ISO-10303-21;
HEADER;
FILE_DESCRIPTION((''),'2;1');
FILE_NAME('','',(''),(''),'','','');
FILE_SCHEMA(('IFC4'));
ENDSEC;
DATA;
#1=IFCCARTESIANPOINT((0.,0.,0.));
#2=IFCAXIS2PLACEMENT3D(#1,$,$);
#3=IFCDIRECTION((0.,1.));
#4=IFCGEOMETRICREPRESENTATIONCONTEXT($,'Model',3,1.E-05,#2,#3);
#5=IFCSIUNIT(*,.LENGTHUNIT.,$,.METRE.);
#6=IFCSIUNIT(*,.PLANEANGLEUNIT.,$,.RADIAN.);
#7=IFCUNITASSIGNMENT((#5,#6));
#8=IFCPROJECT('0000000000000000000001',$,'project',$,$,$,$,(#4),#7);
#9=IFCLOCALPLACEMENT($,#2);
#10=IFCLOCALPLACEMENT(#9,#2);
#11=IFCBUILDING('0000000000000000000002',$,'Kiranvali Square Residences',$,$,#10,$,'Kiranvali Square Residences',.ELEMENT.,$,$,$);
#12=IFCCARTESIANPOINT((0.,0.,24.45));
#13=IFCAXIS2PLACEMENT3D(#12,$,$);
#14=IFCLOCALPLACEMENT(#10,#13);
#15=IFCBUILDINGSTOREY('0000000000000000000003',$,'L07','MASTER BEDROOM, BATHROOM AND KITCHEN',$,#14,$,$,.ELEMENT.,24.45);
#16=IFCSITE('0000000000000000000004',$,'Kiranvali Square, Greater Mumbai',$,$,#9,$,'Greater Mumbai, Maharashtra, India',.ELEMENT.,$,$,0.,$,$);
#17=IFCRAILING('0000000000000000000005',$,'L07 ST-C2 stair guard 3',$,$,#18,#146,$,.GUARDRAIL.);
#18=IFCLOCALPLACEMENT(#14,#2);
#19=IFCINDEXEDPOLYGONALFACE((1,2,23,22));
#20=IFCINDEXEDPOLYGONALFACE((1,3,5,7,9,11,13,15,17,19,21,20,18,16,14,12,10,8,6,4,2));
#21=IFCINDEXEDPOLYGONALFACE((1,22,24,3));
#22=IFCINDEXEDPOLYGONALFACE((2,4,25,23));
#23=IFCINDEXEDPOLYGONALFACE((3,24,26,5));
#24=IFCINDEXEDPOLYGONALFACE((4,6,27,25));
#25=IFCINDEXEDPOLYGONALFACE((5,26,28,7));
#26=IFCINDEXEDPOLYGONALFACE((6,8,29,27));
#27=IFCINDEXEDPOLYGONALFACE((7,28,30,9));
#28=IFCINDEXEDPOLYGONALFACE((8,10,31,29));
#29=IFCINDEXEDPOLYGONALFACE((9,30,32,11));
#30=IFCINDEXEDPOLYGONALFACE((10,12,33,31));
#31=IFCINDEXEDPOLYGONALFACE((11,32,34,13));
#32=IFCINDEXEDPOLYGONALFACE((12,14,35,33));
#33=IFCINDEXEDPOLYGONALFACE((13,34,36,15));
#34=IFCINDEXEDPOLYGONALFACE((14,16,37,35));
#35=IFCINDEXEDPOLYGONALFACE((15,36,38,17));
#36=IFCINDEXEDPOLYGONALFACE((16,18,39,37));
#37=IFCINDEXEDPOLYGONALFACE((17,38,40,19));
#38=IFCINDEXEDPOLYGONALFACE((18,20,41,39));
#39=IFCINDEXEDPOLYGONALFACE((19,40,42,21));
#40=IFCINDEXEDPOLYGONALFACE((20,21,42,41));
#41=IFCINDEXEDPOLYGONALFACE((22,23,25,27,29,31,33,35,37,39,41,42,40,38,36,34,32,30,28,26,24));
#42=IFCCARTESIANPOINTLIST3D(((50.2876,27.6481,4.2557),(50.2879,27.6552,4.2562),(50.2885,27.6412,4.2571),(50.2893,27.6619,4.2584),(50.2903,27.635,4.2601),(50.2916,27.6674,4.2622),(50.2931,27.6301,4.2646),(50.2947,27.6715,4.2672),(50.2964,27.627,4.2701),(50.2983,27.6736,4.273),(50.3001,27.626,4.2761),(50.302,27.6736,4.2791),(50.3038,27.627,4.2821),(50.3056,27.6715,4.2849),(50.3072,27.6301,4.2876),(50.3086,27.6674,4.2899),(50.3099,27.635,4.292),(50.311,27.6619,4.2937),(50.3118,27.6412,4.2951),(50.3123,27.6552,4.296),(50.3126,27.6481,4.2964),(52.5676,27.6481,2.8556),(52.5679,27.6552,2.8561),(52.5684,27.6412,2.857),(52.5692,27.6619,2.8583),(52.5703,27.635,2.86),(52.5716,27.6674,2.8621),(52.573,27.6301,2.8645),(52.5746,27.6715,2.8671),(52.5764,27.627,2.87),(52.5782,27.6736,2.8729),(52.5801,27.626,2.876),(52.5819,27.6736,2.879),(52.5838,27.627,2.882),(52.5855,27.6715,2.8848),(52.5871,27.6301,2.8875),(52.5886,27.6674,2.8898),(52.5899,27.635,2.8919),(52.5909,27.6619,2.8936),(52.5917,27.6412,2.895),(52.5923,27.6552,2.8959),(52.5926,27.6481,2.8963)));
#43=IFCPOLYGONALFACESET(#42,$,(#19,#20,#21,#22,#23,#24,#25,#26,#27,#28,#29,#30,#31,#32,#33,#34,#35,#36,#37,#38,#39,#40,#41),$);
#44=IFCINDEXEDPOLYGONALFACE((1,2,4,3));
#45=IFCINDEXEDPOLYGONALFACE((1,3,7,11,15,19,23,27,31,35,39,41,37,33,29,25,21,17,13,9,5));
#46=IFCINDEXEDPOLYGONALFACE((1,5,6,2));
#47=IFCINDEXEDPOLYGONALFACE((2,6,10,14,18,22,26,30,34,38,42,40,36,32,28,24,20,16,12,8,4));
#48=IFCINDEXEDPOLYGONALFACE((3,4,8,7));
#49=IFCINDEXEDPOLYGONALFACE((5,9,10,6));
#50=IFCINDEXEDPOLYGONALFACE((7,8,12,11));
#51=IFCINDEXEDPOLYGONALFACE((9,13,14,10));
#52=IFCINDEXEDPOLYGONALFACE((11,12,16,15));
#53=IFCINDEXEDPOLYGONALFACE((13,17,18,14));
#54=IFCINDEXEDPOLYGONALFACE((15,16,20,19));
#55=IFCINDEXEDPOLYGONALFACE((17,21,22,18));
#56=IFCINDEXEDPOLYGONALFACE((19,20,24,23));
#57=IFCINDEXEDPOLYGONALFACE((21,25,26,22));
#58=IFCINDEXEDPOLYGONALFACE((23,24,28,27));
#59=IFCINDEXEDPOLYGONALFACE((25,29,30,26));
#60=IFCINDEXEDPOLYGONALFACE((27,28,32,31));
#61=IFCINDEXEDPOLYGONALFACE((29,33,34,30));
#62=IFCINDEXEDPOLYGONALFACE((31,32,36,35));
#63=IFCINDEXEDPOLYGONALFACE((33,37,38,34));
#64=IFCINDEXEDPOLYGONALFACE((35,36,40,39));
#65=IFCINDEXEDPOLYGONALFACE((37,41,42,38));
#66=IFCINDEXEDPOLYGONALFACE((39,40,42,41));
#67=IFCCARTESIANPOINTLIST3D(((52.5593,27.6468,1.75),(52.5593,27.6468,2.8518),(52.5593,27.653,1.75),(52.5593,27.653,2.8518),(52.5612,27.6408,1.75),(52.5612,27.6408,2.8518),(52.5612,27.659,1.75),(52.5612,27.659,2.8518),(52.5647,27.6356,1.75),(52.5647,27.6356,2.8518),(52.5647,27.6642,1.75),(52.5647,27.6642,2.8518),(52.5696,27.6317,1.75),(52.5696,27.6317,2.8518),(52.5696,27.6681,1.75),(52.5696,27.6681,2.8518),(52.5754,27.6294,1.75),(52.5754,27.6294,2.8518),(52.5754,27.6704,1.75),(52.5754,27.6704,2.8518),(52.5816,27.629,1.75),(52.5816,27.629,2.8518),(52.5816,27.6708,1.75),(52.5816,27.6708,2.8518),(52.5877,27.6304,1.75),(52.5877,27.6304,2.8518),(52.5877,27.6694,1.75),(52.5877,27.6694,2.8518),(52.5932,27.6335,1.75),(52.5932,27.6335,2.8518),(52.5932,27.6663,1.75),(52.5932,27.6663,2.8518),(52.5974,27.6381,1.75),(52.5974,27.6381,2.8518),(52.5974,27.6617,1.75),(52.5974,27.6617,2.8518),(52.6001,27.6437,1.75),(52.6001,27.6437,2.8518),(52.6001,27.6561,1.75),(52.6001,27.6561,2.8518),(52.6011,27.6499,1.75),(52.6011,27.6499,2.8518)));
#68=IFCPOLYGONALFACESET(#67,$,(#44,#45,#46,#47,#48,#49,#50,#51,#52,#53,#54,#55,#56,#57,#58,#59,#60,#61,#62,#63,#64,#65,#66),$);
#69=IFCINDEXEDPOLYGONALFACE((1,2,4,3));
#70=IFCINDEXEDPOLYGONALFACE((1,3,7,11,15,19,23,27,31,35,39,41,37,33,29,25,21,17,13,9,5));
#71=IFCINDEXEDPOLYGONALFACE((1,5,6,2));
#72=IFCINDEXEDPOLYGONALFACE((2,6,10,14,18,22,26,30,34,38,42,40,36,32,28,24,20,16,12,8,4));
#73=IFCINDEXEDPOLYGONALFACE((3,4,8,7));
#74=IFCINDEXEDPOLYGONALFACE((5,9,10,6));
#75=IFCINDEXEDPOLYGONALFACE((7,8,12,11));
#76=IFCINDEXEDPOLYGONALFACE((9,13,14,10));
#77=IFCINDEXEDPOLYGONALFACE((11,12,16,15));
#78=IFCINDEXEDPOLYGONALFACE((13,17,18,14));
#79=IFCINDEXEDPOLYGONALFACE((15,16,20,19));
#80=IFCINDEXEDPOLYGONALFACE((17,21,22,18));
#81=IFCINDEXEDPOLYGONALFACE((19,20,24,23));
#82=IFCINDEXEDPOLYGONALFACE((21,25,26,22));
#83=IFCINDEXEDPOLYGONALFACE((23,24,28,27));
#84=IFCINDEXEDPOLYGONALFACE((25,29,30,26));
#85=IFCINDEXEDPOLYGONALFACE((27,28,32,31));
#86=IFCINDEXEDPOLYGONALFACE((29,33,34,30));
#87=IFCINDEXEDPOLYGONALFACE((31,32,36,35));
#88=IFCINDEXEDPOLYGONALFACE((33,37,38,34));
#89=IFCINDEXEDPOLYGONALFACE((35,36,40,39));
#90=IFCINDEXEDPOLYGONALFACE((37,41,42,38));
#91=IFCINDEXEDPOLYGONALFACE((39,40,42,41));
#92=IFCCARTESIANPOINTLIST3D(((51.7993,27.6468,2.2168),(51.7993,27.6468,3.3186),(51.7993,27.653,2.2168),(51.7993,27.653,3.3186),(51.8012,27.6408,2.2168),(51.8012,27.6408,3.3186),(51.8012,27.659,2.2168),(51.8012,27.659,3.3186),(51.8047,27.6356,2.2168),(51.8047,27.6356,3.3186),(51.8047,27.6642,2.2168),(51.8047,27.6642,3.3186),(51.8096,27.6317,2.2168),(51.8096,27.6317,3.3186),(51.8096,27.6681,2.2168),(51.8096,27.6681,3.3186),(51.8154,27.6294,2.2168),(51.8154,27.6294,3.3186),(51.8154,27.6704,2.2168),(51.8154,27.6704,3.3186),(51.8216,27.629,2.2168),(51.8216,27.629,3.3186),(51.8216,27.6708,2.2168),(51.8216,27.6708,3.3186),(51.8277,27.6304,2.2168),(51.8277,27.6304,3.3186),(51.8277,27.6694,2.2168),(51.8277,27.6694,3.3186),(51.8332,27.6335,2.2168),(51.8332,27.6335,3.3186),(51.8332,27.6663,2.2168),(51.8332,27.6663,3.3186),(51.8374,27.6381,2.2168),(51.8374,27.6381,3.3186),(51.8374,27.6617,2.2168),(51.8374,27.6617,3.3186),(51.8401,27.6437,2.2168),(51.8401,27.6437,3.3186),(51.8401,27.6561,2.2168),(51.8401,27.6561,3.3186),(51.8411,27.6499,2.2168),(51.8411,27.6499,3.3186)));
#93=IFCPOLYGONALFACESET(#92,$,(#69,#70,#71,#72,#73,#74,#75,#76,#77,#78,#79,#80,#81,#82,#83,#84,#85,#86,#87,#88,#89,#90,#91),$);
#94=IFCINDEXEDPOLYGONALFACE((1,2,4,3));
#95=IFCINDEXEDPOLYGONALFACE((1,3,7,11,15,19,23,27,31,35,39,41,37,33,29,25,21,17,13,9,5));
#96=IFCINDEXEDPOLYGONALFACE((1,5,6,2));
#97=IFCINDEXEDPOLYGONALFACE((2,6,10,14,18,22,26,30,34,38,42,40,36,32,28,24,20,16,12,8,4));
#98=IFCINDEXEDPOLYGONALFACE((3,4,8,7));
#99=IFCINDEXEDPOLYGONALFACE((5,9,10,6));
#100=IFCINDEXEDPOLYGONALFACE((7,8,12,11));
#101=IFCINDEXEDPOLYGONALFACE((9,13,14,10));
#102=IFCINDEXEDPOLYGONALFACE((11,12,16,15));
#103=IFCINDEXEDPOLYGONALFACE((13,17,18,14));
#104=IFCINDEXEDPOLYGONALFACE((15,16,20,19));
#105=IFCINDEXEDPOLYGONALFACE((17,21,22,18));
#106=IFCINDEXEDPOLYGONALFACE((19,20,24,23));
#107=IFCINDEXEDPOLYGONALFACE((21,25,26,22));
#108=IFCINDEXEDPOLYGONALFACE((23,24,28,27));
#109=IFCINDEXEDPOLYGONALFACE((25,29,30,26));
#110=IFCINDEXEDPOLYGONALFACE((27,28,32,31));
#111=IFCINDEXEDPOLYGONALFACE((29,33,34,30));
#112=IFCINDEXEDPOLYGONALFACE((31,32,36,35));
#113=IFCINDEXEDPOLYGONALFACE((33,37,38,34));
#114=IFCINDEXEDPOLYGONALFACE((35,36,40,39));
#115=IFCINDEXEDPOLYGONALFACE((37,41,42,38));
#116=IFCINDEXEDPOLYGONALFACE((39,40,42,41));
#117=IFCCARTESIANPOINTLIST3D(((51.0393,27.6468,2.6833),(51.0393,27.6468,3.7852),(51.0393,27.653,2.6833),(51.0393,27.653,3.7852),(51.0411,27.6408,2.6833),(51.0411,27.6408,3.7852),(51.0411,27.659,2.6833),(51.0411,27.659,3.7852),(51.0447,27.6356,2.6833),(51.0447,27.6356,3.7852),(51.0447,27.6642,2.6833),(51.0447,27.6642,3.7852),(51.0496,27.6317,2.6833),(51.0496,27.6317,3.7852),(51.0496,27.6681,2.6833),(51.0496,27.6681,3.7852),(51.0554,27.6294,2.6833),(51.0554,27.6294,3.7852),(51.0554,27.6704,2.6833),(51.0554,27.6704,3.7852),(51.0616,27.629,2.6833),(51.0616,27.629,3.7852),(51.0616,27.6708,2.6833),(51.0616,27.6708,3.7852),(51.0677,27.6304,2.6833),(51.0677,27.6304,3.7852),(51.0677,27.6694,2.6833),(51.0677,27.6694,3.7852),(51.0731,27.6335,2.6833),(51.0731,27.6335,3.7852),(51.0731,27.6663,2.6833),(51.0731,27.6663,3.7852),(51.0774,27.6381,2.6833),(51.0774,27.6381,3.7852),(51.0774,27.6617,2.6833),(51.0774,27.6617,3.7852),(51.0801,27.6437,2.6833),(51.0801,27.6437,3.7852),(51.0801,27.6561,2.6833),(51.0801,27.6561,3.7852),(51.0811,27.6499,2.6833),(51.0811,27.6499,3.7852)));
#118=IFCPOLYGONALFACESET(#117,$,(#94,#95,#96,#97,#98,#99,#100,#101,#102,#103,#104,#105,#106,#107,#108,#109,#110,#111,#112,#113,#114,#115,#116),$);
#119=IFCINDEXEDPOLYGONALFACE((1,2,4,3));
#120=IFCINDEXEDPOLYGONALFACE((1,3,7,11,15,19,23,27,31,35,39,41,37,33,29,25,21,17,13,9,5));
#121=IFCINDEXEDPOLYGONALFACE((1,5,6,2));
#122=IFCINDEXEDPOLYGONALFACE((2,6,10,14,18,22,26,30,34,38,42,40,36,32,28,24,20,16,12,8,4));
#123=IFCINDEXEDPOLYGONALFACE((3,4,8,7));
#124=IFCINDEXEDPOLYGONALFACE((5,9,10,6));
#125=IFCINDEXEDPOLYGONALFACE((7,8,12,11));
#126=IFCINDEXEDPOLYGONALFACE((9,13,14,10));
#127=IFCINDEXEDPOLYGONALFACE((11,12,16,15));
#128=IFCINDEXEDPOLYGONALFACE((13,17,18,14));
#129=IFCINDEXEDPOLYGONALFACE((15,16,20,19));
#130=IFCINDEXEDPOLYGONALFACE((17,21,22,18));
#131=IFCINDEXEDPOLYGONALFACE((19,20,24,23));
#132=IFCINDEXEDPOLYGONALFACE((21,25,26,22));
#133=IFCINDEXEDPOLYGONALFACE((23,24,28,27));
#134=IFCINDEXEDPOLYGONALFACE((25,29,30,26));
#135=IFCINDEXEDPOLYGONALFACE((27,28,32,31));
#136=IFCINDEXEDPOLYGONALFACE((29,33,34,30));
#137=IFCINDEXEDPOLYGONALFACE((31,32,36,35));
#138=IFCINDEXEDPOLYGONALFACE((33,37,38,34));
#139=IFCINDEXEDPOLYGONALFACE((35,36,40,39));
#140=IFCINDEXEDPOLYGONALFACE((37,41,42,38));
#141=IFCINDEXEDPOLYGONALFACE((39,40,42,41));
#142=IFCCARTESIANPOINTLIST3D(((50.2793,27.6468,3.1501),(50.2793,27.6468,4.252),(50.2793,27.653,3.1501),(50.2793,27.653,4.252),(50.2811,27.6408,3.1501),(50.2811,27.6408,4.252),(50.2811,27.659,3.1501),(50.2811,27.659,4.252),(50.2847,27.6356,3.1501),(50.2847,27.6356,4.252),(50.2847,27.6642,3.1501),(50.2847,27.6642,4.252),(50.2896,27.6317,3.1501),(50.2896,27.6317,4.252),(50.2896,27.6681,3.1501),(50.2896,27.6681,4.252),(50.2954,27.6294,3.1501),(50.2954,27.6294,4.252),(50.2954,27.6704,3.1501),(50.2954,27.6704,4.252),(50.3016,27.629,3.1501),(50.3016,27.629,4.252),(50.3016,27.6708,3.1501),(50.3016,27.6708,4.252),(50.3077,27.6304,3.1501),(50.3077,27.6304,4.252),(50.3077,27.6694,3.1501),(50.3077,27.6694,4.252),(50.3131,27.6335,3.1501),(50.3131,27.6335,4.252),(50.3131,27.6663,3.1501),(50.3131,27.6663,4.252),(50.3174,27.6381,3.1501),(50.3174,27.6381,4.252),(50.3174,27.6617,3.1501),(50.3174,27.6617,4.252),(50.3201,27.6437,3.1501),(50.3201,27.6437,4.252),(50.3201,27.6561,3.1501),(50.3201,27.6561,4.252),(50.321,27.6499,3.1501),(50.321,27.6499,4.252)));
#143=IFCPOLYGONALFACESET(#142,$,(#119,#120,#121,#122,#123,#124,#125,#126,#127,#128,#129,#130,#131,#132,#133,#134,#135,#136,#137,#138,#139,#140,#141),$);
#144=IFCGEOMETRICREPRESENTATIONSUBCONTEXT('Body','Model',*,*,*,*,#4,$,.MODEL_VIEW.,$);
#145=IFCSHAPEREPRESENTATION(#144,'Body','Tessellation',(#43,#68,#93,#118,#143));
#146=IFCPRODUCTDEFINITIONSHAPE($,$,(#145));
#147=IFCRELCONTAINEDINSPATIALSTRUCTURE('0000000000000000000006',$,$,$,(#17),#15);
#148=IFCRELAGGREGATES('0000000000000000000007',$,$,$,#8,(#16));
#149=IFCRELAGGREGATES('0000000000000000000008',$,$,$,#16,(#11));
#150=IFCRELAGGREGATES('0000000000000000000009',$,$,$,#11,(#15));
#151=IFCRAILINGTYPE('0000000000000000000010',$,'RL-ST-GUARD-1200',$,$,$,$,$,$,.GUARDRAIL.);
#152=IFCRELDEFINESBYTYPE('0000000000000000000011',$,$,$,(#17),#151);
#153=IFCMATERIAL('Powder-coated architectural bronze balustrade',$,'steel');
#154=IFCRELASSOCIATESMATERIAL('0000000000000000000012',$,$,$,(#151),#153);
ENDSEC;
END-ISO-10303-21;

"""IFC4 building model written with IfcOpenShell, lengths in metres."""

from ifc_helpers import new_model, si_unit, direction, frame, origin, origin_2d, place, context, subcontext, project, spatial, circle, extrude, material, type_object, element, save


model = new_model("IFC4")

# Units and contexts
model_context = context("Model", 3, precision=1e-05, world=origin(), true_north=direction((0.0, 1.0)))
body_context = subcontext(model_context, "Body", "Model", "MODEL_VIEW")
ifc_project = project(units=[si_unit("LENGTHUNIT", "METRE"), si_unit("PLANEANGLEUNIT", "RADIAN")], contexts=[model_context])

# Site, building, storey
site_placement = place(None, origin())
site = spatial("IfcSite", under=ifc_project, at=site_placement, Name="Kiranvali Square, Greater Mumbai", LongName="Greater Mumbai, Maharashtra, India", CompositionType="ELEMENT", RefElevation=0.0)
building_placement = place(site_placement, origin())
building = spatial("IfcBuilding", under=site, at=building_placement, Name="Kiranvali Square Residences", LongName="Kiranvali Square Residences", CompositionType="ELEMENT")
storey_placement = place(building_placement, frame((0.0, 0.0, 24.45)))
storey = spatial("IfcBuildingStorey", under=building, at=storey_placement, Name="L07", Description="MASTER BEDROOM, BATHROOM AND KITCHEN", CompositionType="ELEMENT", Elevation=24.45)

# Railing
ifc_material_1 = material(Name="Powder-coated architectural bronze balustrade", Category="steel")
railing_type_1 = type_object("IfcRailingType", Name="RL-ST-GUARD-1200", PredefinedType="GUARDRAIL", material=ifc_material_1)
railing_1_placement = place(storey_placement, frame((52.5801, 27.6499, 1.75)))
element("IfcRailing", 1, at=railing_1_placement, inside=storey, type_object=railing_type_1, Name="L07 ST-C2 stair guard 3", PredefinedType="GUARDRAIL", context=body_context, shape_type="SweptSolid", body=[
    extrude(circle(Radius=0.0239, at=origin_2d()), frame((0.0, 0.0, 1.126), z_axis=(-0.85215, 0.0, 0.523298), x_axis=(0.0, -1.0, 0.0)), (0.0, 0.0, 1.0), 2.6755),
    extrude(circle(Radius=0.021, at=origin_2d()), origin(), (0.0, 0.0, 1.0), 1.1018),
    extrude(circle(Radius=0.021, at=origin_2d()), frame((-0.76, 0.0, 0.4668)), (0.0, 0.0, 1.0), 1.1018),
    extrude(circle(Radius=0.021, at=origin_2d()), frame((-1.52, 0.0, 0.9333)), (0.0, 0.0, 1.0), 1.1018),
    extrude(circle(Radius=0.021, at=origin_2d()), frame((-2.28, 0.0, 1.4001)), (0.0, 0.0, 1.0), 1.1018),
])

save(model, "model.ifc")
